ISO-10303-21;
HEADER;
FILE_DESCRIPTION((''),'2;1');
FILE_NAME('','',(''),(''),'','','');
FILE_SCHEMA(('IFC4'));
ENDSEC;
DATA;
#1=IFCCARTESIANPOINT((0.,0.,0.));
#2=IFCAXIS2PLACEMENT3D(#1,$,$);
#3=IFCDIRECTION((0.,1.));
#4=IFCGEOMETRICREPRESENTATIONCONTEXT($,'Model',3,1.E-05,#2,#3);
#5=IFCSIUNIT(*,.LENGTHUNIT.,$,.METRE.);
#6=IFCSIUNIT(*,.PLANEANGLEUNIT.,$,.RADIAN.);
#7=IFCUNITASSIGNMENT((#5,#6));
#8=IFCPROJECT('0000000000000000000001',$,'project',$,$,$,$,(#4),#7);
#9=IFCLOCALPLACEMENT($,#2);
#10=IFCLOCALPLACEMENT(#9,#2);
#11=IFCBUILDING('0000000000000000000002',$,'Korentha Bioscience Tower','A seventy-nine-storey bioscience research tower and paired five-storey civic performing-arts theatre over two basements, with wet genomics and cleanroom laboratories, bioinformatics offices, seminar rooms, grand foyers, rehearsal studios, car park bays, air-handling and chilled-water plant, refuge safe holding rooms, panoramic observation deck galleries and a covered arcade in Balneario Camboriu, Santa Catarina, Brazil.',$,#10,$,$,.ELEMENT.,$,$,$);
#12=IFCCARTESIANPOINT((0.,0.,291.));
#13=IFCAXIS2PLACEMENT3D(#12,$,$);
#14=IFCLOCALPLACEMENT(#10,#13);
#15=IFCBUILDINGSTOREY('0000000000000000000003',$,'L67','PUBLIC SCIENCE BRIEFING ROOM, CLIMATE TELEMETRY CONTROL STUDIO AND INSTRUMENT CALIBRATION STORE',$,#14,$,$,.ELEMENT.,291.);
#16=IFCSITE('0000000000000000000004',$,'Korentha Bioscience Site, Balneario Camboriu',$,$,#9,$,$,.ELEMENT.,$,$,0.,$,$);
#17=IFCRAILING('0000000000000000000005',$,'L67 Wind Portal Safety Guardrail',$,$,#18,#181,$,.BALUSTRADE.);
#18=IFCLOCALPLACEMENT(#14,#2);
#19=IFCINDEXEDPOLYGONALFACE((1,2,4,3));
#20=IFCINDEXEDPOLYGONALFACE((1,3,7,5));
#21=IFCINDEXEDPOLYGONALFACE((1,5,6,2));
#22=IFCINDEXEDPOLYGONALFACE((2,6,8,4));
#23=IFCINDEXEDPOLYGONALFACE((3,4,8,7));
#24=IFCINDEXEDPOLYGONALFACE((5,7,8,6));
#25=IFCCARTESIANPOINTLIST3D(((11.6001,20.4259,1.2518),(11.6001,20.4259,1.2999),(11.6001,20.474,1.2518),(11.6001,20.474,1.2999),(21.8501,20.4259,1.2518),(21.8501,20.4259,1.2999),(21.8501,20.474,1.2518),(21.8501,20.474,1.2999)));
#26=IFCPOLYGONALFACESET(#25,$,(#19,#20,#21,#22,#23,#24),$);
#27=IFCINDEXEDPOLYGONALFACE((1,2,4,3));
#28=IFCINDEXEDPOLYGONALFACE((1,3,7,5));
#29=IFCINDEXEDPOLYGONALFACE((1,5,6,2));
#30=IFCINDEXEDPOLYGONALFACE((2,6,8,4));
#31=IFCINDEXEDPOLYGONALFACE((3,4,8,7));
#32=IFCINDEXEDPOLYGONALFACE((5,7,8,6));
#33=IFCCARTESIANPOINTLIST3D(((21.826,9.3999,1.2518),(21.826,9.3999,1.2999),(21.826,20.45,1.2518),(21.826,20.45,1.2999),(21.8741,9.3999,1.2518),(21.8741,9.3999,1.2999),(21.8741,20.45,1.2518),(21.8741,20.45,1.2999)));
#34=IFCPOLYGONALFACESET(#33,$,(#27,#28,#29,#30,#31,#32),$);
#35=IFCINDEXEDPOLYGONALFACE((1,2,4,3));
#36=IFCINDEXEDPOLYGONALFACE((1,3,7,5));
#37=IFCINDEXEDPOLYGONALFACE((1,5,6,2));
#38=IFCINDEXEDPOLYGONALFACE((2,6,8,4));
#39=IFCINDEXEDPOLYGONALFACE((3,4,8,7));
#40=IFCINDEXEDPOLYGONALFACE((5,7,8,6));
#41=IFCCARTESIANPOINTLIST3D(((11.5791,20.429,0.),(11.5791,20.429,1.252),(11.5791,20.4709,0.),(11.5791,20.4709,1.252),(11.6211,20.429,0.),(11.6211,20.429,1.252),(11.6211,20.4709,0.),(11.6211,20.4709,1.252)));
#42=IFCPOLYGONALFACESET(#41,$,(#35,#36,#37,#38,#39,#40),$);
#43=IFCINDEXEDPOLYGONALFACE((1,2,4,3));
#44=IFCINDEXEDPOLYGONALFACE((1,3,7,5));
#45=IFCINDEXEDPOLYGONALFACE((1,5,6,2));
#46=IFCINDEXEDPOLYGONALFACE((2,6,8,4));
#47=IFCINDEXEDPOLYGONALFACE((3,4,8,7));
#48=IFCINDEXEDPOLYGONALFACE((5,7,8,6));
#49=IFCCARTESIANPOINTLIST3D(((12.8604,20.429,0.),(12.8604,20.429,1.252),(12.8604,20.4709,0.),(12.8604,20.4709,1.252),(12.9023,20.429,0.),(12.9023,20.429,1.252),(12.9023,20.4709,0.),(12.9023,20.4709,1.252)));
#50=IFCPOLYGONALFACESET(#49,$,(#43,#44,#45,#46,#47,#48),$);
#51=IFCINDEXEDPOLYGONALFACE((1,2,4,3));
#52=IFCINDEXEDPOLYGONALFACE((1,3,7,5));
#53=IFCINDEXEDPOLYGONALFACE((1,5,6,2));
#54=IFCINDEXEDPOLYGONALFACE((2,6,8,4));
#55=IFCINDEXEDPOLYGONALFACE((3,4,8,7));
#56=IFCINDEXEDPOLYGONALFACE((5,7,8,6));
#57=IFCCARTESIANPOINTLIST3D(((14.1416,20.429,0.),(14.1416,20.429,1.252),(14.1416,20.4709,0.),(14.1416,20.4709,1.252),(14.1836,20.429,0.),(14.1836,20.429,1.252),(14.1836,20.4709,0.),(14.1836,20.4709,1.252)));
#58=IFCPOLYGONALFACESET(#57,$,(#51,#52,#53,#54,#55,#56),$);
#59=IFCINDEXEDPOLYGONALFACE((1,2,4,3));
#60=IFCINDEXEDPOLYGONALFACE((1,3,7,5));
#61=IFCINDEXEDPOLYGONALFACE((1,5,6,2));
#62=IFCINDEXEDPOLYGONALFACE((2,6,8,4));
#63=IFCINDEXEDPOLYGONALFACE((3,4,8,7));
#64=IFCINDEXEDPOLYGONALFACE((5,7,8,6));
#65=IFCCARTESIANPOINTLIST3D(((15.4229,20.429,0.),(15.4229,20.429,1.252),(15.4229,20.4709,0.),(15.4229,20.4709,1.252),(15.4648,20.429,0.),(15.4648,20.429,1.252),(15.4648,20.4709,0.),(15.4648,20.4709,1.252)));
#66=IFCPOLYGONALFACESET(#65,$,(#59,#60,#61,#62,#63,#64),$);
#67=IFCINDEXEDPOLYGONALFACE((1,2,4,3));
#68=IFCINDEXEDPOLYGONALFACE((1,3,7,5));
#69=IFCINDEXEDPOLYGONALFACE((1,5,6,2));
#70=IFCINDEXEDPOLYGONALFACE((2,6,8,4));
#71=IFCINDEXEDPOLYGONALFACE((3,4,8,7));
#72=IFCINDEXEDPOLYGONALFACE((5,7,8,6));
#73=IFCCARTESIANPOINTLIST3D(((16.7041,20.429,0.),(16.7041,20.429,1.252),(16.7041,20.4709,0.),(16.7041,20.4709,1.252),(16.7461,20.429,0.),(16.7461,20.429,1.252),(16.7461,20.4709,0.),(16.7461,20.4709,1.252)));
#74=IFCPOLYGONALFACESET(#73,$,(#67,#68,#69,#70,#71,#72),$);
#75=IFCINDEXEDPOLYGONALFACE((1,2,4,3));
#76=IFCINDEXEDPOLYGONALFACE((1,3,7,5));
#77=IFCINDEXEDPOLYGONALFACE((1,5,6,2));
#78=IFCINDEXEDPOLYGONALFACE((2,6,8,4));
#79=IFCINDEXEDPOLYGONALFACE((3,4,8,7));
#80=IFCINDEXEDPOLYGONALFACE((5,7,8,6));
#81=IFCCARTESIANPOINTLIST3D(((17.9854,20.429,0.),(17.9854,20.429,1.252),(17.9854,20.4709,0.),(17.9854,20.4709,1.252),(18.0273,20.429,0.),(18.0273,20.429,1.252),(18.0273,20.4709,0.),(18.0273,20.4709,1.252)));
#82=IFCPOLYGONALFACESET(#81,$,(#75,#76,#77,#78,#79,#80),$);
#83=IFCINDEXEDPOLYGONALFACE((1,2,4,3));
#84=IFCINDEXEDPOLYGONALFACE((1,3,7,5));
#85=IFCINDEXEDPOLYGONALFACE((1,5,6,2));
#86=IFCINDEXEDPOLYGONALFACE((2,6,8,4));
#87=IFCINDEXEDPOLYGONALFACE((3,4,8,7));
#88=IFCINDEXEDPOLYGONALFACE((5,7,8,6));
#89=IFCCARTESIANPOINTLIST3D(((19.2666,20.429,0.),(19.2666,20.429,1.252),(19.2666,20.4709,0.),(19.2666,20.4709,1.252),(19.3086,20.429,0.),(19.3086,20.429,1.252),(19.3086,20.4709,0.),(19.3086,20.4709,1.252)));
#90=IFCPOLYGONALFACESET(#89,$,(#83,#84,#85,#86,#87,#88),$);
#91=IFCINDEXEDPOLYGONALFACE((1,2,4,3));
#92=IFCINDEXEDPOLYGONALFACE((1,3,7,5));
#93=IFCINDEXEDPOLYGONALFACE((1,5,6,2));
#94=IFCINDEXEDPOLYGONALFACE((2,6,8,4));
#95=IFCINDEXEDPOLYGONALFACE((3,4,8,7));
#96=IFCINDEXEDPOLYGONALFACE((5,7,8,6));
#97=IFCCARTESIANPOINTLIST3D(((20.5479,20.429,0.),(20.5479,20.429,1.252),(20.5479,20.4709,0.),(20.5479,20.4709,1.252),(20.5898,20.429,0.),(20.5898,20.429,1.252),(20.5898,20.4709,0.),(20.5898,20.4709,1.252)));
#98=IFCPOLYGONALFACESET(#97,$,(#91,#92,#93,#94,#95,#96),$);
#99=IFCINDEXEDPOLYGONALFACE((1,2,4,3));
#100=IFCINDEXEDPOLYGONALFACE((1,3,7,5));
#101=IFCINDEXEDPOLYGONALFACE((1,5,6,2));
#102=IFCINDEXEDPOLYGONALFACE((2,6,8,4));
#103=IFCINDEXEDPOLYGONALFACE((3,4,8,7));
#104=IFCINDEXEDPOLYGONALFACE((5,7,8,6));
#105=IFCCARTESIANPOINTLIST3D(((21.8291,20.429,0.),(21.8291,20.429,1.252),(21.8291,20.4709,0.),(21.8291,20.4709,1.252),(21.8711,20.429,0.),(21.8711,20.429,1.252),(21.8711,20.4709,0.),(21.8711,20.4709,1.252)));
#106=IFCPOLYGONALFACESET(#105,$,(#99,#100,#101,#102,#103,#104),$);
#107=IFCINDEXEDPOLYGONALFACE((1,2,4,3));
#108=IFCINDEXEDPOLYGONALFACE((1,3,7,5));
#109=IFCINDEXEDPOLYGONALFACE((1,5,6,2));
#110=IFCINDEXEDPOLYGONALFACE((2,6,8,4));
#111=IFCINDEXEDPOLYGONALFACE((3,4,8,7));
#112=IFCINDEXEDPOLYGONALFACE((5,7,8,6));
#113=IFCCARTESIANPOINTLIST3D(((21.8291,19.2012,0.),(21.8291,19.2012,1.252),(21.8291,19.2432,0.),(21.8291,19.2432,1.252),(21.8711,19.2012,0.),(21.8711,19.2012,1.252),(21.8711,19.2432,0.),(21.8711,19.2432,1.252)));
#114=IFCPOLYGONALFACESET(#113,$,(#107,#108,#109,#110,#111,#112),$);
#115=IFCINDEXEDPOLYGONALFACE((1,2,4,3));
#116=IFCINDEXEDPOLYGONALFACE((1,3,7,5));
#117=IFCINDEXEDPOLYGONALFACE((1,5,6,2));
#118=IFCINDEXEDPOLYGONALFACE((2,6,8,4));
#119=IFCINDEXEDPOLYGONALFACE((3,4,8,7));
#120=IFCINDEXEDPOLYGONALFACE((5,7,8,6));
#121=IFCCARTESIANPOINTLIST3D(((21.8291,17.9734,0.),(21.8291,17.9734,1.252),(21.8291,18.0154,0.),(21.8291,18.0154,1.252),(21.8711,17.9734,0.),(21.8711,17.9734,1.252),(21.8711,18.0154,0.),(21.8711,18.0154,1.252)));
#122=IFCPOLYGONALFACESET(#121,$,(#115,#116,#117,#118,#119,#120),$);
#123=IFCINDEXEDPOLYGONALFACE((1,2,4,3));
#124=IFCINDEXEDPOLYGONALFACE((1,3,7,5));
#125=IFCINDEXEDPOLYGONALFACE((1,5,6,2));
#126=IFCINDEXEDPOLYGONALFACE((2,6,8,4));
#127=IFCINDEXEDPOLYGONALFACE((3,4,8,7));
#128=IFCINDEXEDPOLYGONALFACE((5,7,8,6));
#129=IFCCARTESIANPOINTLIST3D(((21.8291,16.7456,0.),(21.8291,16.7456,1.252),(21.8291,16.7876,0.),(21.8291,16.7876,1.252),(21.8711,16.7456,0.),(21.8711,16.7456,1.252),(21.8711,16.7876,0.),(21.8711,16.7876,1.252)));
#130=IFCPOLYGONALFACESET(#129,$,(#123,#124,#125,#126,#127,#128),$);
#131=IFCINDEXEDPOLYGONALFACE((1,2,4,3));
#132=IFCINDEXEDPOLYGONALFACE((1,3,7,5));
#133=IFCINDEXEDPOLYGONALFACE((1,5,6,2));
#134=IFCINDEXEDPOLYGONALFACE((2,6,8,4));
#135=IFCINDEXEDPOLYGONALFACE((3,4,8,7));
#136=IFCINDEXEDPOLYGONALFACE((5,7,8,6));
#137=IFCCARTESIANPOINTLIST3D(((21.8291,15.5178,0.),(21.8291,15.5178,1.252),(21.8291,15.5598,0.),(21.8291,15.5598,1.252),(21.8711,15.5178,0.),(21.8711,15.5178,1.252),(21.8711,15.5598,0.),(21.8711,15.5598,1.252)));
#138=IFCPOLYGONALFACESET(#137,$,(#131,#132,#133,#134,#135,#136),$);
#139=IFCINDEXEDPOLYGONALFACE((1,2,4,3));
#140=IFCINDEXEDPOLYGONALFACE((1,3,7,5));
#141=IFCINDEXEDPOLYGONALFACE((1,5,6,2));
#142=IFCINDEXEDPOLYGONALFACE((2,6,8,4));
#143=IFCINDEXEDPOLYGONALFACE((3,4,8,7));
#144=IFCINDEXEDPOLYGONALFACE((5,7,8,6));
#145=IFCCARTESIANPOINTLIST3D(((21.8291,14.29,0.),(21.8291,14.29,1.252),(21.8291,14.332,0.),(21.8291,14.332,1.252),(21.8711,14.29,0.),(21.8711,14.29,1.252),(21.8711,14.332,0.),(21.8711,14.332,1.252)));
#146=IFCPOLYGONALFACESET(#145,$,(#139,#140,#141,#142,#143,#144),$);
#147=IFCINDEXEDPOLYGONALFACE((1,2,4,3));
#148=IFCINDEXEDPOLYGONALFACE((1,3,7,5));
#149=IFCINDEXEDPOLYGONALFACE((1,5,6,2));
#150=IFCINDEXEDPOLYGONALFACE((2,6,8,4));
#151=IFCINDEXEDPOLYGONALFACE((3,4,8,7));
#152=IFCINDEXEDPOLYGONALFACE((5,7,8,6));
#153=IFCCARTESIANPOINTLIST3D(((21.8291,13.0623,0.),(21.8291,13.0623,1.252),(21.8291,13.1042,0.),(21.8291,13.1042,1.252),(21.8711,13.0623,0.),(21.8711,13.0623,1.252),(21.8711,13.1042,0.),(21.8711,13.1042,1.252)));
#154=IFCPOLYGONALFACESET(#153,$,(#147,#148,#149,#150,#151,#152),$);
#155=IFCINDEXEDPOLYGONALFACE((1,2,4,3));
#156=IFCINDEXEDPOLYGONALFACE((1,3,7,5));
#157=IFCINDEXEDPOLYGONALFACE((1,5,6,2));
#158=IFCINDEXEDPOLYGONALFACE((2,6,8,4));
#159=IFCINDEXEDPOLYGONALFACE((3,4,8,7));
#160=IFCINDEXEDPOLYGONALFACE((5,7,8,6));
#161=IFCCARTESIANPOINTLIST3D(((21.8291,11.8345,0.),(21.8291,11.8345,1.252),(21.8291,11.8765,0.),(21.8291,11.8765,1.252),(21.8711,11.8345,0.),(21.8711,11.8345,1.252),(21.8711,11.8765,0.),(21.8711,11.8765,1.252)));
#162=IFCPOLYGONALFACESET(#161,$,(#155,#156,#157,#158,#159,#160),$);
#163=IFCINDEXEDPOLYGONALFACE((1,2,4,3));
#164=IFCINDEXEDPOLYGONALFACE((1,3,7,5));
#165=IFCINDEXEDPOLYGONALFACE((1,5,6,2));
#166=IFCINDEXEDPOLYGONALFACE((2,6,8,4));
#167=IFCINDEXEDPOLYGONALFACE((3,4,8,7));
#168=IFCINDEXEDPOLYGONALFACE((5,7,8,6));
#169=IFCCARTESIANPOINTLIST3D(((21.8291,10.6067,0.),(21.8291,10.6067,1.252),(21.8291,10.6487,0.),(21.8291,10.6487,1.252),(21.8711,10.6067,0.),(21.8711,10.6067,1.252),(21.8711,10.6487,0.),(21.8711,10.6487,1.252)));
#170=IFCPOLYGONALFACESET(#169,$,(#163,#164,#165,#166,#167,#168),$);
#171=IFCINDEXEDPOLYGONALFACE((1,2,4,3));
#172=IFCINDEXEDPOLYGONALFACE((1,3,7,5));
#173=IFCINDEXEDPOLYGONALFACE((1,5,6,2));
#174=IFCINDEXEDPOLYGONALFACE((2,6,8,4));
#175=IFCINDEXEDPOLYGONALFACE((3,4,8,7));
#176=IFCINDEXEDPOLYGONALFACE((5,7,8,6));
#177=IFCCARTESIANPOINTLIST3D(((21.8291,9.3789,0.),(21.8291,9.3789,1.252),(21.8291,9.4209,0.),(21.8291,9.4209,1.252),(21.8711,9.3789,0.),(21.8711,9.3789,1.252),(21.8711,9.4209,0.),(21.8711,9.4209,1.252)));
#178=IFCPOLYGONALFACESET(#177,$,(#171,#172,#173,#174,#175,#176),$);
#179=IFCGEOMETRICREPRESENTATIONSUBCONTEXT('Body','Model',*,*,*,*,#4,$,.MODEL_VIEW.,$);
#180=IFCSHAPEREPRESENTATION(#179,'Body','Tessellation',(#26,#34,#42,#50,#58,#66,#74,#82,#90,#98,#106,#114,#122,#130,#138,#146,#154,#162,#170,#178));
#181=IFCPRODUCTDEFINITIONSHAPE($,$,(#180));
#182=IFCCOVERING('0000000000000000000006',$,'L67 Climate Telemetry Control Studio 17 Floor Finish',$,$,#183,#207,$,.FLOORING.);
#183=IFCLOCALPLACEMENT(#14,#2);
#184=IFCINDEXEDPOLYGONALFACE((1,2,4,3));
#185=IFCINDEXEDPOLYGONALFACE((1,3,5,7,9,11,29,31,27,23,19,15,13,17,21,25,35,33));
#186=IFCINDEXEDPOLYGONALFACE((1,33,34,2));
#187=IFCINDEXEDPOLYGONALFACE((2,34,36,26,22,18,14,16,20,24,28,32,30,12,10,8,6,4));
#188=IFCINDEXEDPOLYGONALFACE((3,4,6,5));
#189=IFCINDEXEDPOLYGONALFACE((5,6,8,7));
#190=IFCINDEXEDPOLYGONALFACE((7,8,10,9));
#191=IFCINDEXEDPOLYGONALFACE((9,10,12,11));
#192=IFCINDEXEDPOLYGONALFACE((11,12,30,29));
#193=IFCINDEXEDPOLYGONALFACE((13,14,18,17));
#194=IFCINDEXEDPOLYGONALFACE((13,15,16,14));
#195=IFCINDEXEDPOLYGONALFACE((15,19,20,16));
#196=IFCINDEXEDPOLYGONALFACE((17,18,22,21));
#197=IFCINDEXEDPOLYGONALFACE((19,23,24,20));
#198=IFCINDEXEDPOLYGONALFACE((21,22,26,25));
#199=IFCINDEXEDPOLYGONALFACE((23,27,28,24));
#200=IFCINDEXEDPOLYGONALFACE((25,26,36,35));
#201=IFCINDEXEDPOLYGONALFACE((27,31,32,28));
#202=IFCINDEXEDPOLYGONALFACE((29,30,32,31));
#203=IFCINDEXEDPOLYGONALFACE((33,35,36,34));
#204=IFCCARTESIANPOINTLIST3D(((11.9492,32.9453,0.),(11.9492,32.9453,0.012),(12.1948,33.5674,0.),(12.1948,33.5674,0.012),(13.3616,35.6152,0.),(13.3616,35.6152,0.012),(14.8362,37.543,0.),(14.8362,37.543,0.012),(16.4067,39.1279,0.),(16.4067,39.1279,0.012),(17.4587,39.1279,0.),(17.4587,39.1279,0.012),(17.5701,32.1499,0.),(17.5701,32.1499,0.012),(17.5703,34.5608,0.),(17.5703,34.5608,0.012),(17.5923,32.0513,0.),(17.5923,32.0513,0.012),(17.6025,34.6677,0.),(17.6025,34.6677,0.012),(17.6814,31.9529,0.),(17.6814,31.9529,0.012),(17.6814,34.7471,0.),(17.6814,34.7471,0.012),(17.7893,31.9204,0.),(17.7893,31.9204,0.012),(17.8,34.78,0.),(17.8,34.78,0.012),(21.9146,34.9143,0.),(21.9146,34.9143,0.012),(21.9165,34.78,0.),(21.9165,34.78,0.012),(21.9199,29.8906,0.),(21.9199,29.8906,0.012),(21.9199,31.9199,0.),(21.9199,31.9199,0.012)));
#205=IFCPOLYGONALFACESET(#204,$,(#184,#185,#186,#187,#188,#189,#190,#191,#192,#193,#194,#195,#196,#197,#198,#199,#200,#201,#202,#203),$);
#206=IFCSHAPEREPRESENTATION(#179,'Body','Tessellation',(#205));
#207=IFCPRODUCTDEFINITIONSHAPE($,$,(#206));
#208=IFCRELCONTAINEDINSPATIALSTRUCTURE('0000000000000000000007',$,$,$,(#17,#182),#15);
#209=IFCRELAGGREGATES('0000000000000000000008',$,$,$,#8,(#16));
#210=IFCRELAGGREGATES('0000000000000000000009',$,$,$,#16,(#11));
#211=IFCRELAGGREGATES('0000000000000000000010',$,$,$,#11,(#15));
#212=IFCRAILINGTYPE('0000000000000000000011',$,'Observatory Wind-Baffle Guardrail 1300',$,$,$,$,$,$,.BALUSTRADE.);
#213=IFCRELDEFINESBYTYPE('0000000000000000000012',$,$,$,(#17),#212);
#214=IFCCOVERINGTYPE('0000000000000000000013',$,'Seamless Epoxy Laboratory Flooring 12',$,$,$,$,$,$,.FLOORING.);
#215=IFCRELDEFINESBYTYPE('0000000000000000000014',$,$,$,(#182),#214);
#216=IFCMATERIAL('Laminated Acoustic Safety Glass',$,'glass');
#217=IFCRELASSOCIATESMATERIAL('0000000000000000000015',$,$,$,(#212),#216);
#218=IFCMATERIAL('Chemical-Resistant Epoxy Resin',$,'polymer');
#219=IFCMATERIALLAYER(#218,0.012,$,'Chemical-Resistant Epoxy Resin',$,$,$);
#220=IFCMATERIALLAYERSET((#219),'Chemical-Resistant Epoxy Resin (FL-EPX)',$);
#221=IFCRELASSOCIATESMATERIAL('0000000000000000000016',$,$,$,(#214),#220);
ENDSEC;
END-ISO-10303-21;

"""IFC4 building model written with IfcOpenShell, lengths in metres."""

from ifc_helpers import new_model, si_unit, direction, frame, origin, origin_2d, place, context, subcontext, project, spatial, polyline, rectangle, outline, extrude, material, layer, layer_set, type_object, element, save


model = new_model("IFC4")

# Units and contexts
model_context = context("Model", 3, precision=1e-05, world=origin(), true_north=direction((0.0, 1.0)))
body_context = subcontext(model_context, "Body", "Model", "MODEL_VIEW")
ifc_project = project(units=[si_unit("LENGTHUNIT", "METRE"), si_unit("PLANEANGLEUNIT", "RADIAN")], contexts=[model_context])

# Site, building, storey
site_placement = place(None, origin())
site = spatial("IfcSite", under=ifc_project, at=site_placement, Name="Korentha Bioscience Site, Balneario Camboriu", CompositionType="ELEMENT", RefElevation=0.0)
building_placement = place(site_placement, origin())
building = spatial("IfcBuilding", under=site, at=building_placement, Name="Korentha Bioscience Tower", Description="A seventy-nine-storey bioscience research tower and paired five-storey civic performing-arts theatre over two basements, with wet genomics and cleanroom laboratories, bioinformatics offices, seminar rooms, grand foyers, rehearsal studios, car park bays, air-handling and chilled-water plant, refuge safe holding rooms, panoramic observation deck galleries and a covered arcade in Balneario Camboriu, Santa Catarina, Brazil.", CompositionType="ELEMENT")
storey_placement = place(building_placement, frame((0.0, 0.0, 291.0)))
storey = spatial("IfcBuildingStorey", under=building, at=storey_placement, Name="L67", Description="PUBLIC SCIENCE BRIEFING ROOM, CLIMATE TELEMETRY CONTROL STUDIO AND INSTRUMENT CALIBRATION STORE", CompositionType="ELEMENT", Elevation=291.0)

# Railing
ifc_material_1 = material(Name="Laminated Acoustic Safety Glass", Category="glass")
railing_type = type_object("IfcRailingType", Name="Observatory Wind-Baffle Guardrail 1300", PredefinedType="BALUSTRADE", material=ifc_material_1)
railing_placement = place(storey_placement, frame((11.6001, 20.45, 0.0)))
element("IfcRailing", 1, at=railing_placement, inside=storey, type_object=railing_type, Name="L67 Wind Portal Safety Guardrail", PredefinedType="BALUSTRADE", context=body_context, shape_type="SweptSolid", body=[
    extrude(rectangle(XDim=0.0481, YDim=0.0481, at=origin_2d()), frame((0.0, 0.0, 1.2759), z_axis=(1.0, 0.0, 0.0), x_axis=(0.0, 1.0, 0.0)), (0.0, 0.0, 1.0), 10.25),
    extrude(rectangle(XDim=0.0481, YDim=0.0481, at=origin_2d()), frame((10.25, 0.0, 1.2759), z_axis=(0.0, -1.0, 0.0), x_axis=(1.0, 0.0, 0.0)), (0.0, 0.0, 1.0), 11.05),
    extrude(rectangle(XDim=0.042, YDim=0.042, at=origin_2d()), origin(), (0.0, 0.0, 1.0), 1.252),
    extrude(rectangle(XDim=0.042, YDim=0.042, at=origin_2d()), frame((1.2812, 0.0, 0.0)), (0.0, 0.0, 1.0), 1.252),
    extrude(rectangle(XDim=0.042, YDim=0.042, at=origin_2d()), frame((2.5625, 0.0, 0.0)), (0.0, 0.0, 1.0), 1.252),
    extrude(rectangle(XDim=0.042, YDim=0.042, at=origin_2d()), frame((3.8438, 0.0, 0.0)), (0.0, 0.0, 1.0), 1.252),
    extrude(rectangle(XDim=0.042, YDim=0.042, at=origin_2d()), frame((5.125, 0.0, 0.0)), (0.0, 0.0, 1.0), 1.252),
    extrude(rectangle(XDim=0.042, YDim=0.042, at=origin_2d()), frame((6.4062, 0.0, 0.0)), (0.0, 0.0, 1.0), 1.252),
    extrude(rectangle(XDim=0.042, YDim=0.042, at=origin_2d()), frame((7.6875, 0.0, 0.0)), (0.0, 0.0, 1.0), 1.252),
    extrude(rectangle(XDim=0.042, YDim=0.042, at=origin_2d()), frame((8.9688, 0.0, 0.0)), (0.0, 0.0, 1.0), 1.252),
    extrude(rectangle(XDim=0.042, YDim=0.042, at=origin_2d()), frame((10.25, 0.0, 0.0)), (0.0, 0.0, 1.0), 1.252),
    extrude(rectangle(XDim=0.042, YDim=0.042, at=origin_2d()), frame((10.25, -1.2278, 0.0)), (0.0, 0.0, 1.0), 1.252),
    extrude(rectangle(XDim=0.042, YDim=0.042, at=origin_2d()), frame((10.25, -2.4556, 0.0)), (0.0, 0.0, 1.0), 1.252),
    extrude(rectangle(XDim=0.042, YDim=0.042, at=origin_2d()), frame((10.25, -3.6833, 0.0)), (0.0, 0.0, 1.0), 1.252),
    extrude(rectangle(XDim=0.042, YDim=0.042, at=origin_2d()), frame((10.25, -4.9111, 0.0)), (0.0, 0.0, 1.0), 1.252),
    extrude(rectangle(XDim=0.042, YDim=0.042, at=origin_2d()), frame((10.25, -6.1389, 0.0)), (0.0, 0.0, 1.0), 1.252),
    extrude(rectangle(XDim=0.042, YDim=0.042, at=origin_2d()), frame((10.25, -7.3667, 0.0)), (0.0, 0.0, 1.0), 1.252),
    extrude(rectangle(XDim=0.042, YDim=0.042, at=origin_2d()), frame((10.25, -8.5945, 0.0)), (0.0, 0.0, 1.0), 1.252),
    extrude(rectangle(XDim=0.042, YDim=0.042, at=origin_2d()), frame((10.25, -9.8223, 0.0)), (0.0, 0.0, 1.0), 1.252),
    extrude(rectangle(XDim=0.042, YDim=0.042, at=origin_2d()), frame((10.25, -11.05, 0.0)), (0.0, 0.0, 1.0), 1.252),
])

# Covering
ifc_material_2 = material(Name="Chemical-Resistant Epoxy Resin", Category="polymer")
ifc_layer_1 = layer(ifc_material_2, 0.012, Name="Chemical-Resistant Epoxy Resin")
ifc_layer_set_1 = layer_set([ifc_layer_1], Name="Chemical-Resistant Epoxy Resin (FL-EPX)")
covering_type_1 = type_object("IfcCoveringType", Name="Seamless Epoxy Laboratory Flooring 12", PredefinedType="FLOORING", material=ifc_layer_set_1)
covering_1_placement = place(storey_placement, origin())
element("IfcCovering", 2, at=covering_1_placement, inside=storey, type_object=covering_type_1, Name="L67 Climate Telemetry Control Studio 17 Floor Finish", PredefinedType="FLOORING", context=body_context, shape_type="SweptSolid", body=[
    extrude(outline(polyline([(13.3616, 35.6152), (14.8362, 37.543), (16.4067, 39.1279), (17.4587, 39.1279), (21.9146, 34.9143), (21.9165, 34.78), (17.8, 34.78), (17.6814, 34.7471), (17.6025, 34.6677), (17.5703, 34.5608), (17.5701, 32.1499), (17.5923, 32.0513), (17.6814, 31.9529), (17.7893, 31.9204), (21.9199, 31.9199), (21.9199, 29.8906), (11.9492, 32.9453), (12.1948, 33.5674), (13.3616, 35.6152)])), origin(), (0.0, 0.0, 1.0), 0.012),
])

save(model, "model.ifc")
